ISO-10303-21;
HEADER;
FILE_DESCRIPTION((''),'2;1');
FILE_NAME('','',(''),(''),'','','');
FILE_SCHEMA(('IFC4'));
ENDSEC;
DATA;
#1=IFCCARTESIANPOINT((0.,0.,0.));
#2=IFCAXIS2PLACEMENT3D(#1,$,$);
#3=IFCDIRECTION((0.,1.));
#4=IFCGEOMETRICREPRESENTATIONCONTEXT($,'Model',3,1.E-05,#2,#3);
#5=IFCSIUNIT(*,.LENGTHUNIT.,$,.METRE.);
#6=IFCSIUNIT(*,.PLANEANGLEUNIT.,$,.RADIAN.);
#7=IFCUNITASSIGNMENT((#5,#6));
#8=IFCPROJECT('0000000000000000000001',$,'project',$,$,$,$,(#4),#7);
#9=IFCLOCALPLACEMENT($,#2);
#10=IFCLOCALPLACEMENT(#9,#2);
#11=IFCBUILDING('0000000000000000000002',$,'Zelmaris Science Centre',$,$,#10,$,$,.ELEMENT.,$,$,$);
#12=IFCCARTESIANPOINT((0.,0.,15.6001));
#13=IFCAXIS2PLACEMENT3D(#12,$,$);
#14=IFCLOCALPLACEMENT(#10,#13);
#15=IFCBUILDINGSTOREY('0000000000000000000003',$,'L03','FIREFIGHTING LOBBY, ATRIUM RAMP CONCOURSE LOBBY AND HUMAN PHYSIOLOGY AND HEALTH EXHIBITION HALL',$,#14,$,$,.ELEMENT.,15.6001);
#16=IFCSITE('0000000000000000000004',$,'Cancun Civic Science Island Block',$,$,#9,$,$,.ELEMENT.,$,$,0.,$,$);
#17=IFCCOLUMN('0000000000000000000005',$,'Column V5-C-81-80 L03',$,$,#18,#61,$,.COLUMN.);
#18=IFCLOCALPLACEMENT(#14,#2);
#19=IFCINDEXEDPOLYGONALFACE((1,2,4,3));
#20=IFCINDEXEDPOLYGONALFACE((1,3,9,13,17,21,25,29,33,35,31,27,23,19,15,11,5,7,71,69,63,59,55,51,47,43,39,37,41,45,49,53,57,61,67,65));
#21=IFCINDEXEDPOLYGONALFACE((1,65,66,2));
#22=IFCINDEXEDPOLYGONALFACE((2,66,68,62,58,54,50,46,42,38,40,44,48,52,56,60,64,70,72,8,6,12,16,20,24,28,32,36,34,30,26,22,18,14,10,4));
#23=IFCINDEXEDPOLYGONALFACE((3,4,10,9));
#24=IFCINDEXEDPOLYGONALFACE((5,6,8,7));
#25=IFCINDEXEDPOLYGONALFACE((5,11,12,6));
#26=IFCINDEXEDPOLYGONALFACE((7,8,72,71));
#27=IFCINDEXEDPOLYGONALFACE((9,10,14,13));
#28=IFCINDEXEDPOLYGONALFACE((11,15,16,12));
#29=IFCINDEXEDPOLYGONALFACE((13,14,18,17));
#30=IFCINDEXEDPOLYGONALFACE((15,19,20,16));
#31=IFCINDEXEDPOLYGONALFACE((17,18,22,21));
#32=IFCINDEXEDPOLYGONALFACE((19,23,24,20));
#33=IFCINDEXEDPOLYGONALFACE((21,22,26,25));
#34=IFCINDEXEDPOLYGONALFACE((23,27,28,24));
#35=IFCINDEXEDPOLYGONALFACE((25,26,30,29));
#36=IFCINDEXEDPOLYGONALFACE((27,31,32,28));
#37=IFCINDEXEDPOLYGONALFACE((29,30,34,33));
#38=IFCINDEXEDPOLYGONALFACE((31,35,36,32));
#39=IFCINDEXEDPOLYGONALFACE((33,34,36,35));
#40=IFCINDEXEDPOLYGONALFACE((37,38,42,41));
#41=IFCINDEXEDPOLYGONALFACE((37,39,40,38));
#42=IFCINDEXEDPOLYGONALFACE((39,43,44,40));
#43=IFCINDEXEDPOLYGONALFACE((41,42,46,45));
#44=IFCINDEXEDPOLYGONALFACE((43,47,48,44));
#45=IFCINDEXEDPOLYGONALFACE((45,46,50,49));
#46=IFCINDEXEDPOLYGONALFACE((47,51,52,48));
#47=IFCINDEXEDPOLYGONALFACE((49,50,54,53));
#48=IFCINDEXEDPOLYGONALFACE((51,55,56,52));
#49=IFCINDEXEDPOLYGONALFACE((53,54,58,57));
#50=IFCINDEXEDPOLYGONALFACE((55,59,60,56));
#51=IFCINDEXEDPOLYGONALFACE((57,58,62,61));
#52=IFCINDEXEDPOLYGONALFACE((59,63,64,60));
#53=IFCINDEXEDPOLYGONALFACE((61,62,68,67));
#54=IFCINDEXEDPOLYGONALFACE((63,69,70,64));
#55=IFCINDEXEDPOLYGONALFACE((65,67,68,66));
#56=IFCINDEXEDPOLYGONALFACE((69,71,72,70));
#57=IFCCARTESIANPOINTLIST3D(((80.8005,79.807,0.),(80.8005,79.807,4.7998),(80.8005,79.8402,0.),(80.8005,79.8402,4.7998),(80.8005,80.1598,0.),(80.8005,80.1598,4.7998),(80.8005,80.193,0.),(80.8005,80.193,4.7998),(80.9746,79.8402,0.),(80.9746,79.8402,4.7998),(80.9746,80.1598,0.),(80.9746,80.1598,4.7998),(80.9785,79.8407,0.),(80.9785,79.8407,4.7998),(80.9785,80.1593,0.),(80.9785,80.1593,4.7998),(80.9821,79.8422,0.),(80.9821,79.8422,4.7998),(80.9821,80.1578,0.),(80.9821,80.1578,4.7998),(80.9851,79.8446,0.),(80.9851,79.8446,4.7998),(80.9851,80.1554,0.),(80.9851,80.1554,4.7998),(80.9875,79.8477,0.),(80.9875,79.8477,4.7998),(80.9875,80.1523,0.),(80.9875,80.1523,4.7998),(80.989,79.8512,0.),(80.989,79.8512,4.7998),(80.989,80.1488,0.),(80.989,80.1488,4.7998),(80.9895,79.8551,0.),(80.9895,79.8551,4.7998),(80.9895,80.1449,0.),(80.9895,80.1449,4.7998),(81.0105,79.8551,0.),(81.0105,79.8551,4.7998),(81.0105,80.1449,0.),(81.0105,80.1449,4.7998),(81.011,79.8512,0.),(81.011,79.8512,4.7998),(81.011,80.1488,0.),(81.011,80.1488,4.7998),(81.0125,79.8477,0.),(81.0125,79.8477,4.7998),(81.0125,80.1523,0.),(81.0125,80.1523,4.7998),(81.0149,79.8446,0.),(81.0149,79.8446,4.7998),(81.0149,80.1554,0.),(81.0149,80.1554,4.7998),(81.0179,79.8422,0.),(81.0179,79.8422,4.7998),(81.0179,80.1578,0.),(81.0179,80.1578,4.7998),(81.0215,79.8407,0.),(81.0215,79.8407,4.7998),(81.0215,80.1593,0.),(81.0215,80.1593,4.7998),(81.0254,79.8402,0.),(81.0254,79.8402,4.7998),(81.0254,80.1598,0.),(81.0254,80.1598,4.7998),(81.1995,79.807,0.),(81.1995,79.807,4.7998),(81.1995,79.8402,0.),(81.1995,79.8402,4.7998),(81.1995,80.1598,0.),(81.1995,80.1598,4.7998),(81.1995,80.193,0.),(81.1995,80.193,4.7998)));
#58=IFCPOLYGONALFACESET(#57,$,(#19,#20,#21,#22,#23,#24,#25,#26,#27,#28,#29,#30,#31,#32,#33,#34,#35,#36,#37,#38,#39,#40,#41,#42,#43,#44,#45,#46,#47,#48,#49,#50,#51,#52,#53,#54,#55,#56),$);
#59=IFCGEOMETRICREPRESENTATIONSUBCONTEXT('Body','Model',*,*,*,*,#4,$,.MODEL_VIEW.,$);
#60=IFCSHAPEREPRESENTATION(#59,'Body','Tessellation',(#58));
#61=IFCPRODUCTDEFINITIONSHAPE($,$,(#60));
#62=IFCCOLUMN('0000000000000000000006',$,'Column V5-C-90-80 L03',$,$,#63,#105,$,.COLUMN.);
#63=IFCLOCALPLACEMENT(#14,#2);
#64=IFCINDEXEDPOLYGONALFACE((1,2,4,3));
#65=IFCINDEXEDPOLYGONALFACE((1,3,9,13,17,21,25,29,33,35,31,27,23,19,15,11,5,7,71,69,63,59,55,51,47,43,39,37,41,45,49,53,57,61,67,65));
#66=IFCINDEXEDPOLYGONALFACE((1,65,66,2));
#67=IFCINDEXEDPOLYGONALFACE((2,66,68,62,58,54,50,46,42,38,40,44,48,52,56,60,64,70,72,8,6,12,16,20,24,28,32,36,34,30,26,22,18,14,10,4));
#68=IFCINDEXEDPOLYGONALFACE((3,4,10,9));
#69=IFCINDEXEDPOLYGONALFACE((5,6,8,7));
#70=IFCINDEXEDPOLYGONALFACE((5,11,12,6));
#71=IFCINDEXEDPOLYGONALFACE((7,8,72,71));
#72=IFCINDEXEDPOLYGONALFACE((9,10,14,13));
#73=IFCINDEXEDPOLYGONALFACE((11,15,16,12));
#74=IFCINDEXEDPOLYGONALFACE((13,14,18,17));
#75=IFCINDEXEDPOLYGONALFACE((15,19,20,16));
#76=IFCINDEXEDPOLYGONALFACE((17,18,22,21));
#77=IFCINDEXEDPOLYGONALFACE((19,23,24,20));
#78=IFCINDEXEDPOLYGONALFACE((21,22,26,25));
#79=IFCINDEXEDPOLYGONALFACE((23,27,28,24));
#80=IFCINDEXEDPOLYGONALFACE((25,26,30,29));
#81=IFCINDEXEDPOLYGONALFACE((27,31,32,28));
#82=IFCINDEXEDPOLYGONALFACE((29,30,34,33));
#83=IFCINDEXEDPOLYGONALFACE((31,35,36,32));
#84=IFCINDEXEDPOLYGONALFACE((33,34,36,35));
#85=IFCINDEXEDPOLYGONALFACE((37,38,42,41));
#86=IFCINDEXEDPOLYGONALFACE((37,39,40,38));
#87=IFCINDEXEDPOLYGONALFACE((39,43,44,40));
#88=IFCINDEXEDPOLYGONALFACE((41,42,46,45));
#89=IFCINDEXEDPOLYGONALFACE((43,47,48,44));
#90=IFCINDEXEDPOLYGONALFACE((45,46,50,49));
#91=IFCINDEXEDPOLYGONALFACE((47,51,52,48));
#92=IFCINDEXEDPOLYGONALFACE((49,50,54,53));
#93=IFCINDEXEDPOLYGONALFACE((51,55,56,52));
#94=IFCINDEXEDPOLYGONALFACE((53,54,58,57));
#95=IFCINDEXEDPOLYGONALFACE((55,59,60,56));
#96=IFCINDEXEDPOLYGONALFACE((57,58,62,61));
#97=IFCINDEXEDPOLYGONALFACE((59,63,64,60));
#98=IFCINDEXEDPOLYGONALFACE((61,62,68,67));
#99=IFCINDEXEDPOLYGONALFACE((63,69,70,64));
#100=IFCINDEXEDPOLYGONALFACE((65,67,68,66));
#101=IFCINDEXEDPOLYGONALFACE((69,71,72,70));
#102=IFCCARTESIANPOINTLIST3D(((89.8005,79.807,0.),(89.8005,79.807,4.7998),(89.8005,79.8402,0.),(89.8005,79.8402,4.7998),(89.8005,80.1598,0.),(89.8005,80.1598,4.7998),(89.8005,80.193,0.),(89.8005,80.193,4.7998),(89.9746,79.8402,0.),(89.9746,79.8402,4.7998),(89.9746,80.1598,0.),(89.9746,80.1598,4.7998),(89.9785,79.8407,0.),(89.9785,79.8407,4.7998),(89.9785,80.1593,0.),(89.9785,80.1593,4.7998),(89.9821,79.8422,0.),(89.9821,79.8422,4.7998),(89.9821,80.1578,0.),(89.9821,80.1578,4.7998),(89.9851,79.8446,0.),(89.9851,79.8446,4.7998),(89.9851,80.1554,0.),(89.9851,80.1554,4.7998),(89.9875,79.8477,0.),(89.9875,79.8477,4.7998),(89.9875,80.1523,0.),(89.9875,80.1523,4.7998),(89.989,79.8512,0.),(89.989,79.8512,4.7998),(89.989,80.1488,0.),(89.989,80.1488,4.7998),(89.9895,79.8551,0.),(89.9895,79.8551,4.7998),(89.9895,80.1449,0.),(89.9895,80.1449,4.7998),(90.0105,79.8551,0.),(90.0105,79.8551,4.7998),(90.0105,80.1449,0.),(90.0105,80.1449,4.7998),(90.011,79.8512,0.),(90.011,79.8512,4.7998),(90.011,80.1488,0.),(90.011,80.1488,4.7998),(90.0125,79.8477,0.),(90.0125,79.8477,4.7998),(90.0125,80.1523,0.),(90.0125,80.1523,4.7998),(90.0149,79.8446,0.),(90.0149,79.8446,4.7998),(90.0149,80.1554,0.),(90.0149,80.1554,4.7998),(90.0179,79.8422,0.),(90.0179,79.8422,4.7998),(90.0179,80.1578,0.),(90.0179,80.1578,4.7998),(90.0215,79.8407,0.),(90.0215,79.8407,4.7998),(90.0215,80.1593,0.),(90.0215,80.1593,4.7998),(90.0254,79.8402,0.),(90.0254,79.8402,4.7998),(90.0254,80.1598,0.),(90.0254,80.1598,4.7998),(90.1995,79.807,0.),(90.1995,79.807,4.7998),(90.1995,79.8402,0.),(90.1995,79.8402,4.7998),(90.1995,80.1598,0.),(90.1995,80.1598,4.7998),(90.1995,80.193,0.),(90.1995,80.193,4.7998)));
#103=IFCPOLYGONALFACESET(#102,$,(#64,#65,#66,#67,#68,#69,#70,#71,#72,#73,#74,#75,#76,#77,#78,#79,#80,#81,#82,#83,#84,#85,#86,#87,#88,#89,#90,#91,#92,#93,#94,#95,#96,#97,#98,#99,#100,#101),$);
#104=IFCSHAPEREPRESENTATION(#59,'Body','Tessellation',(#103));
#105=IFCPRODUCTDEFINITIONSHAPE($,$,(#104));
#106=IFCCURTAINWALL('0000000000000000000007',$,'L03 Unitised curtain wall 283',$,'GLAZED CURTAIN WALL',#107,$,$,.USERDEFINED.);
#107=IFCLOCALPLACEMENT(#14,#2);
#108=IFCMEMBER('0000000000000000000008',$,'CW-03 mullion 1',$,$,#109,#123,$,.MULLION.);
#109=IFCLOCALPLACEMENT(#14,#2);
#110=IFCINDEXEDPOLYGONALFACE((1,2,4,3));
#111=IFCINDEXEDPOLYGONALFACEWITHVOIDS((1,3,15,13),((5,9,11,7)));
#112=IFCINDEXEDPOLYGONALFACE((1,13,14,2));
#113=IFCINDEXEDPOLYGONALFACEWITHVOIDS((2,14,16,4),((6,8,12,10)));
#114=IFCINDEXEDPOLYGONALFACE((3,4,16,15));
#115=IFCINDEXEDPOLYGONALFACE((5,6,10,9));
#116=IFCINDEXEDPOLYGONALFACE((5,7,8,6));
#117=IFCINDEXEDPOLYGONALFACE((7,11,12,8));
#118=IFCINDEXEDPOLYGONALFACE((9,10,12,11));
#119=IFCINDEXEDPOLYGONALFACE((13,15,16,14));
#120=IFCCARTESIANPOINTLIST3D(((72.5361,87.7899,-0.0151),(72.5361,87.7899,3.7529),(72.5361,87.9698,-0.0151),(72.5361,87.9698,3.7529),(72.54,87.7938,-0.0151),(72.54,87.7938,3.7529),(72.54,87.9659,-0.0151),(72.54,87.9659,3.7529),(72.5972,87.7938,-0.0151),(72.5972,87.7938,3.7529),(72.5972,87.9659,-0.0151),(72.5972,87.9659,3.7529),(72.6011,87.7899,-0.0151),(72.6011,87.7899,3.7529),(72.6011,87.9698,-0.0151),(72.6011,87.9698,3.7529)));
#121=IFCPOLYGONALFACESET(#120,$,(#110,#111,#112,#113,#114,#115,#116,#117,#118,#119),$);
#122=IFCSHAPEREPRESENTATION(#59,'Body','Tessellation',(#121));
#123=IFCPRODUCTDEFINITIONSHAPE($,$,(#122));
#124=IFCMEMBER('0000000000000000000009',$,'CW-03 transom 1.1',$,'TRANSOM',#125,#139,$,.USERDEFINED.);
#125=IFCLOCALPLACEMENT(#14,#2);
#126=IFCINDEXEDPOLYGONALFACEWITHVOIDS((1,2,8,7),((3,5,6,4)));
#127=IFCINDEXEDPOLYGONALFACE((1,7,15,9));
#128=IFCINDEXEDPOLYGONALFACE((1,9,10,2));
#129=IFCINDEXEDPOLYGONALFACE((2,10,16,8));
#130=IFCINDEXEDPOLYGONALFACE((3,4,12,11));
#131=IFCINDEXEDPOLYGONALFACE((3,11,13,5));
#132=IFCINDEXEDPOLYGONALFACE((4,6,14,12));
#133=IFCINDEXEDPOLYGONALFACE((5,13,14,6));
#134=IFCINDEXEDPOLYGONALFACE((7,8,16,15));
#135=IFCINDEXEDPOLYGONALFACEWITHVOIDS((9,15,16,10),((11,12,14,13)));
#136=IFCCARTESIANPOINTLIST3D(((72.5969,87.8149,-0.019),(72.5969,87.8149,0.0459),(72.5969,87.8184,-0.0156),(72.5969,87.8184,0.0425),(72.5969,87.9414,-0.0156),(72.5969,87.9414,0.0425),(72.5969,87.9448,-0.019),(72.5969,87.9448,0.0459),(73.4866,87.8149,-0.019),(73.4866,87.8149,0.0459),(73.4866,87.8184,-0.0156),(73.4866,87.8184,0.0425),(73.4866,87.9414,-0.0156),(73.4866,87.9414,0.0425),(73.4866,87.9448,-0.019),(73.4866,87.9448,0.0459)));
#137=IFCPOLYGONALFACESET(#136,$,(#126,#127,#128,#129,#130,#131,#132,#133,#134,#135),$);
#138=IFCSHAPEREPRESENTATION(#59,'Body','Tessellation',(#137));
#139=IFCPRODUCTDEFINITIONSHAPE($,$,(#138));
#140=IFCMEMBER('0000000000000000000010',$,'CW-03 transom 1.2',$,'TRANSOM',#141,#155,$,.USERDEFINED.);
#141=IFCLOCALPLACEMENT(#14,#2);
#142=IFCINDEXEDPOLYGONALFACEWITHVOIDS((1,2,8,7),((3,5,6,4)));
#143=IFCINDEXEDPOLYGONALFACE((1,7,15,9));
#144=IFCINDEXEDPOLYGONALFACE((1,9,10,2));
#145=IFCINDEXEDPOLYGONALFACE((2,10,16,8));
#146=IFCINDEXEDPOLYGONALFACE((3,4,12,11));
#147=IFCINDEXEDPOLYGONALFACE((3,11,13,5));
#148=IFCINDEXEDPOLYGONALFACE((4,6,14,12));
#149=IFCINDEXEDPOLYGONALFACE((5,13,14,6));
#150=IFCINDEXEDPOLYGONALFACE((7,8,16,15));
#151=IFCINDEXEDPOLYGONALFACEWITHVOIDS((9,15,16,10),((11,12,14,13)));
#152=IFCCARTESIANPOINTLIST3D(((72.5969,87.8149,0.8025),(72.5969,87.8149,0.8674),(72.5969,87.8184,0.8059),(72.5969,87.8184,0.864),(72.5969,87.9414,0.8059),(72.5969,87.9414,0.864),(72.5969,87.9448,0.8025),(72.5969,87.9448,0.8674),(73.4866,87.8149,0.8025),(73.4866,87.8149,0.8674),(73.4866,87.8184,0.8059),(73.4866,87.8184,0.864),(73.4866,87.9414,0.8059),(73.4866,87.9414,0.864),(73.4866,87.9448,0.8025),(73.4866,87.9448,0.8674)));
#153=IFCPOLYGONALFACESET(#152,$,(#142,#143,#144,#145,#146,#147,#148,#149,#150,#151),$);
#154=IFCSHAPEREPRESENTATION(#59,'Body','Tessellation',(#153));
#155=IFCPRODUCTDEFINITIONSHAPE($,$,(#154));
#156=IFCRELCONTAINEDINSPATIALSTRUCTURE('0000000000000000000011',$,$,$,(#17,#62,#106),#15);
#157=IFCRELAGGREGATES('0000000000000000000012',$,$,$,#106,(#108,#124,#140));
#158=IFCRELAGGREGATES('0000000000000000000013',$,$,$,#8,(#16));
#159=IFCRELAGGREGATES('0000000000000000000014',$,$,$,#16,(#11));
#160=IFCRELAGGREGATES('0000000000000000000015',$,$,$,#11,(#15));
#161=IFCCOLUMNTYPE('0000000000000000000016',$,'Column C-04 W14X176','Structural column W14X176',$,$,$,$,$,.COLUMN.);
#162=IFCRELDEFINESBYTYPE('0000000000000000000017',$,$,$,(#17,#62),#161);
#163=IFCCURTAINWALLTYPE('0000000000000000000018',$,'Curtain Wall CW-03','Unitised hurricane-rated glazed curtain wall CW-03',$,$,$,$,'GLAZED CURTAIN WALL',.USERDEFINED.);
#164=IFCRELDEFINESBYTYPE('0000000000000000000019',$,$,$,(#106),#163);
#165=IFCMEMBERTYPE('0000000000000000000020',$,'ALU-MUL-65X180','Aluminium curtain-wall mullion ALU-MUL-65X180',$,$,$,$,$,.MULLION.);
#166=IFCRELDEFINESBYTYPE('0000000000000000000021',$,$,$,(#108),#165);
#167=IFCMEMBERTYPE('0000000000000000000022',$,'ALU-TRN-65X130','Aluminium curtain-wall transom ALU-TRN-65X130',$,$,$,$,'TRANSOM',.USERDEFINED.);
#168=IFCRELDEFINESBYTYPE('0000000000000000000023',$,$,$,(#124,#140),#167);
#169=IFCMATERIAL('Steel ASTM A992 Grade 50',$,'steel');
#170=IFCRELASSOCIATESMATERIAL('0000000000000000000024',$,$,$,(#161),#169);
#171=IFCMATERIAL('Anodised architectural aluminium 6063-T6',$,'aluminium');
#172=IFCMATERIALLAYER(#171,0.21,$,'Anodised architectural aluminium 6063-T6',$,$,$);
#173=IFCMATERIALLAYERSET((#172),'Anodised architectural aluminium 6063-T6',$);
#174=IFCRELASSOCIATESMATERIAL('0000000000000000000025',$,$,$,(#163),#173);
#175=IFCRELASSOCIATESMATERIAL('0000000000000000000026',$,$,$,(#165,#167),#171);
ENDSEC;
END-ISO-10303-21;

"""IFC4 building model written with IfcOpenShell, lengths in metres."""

from ifc_helpers import new_model, si_unit, direction, frame, origin, origin_2d, place, context, subcontext, project, spatial, hollow_rectangle, i_section, extrude, material, layer, layer_set, material_profile, profile_set, type_object, element, aggregate, save


model = new_model("IFC4")

# Units and contexts
model_context = context("Model", 3, precision=1e-05, world=origin(), true_north=direction((0.0, 1.0)))
body_context = subcontext(model_context, "Body", "Model", "MODEL_VIEW")
ifc_project = project(units=[si_unit("LENGTHUNIT", "METRE"), si_unit("PLANEANGLEUNIT", "RADIAN")], contexts=[model_context])

# Site, building, storey
site_placement = place(None, origin())
site = spatial("IfcSite", under=ifc_project, at=site_placement, Name="Cancun Civic Science Island Block", CompositionType="ELEMENT", RefElevation=0.0)
building_placement = place(site_placement, origin())
building = spatial("IfcBuilding", under=site, at=building_placement, Name="Zelmaris Science Centre", CompositionType="ELEMENT")
storey_placement = place(building_placement, frame((0.0, 0.0, 15.6001)))
storey = spatial("IfcBuildingStorey", under=building, at=storey_placement, Name="L03", Description="FIREFIGHTING LOBBY, ATRIUM RAMP CONCOURSE LOBBY AND HUMAN PHYSIOLOGY AND HEALTH EXHIBITION HALL", CompositionType="ELEMENT", Elevation=15.6001)

# Columns
ifc_material_1 = material(Name="Steel ASTM A992 Grade 50", Category="steel")
ifc_material_profile_1 = material_profile(ifc_material_1, i_section(OverallWidth=0.3989, OverallDepth=0.386, WebThickness=0.021, FlangeThickness=0.0332, FilletRadius=0.0149, at=origin_2d()), Name="W14X176")
ifc_profile_set_1 = profile_set([ifc_material_profile_1], Name="Steel ASTM A992 Grade 50")
column_type = type_object("IfcColumnType", Name="Column C-04 W14X176", Description="Structural column W14X176", PredefinedType="COLUMN", material=ifc_profile_set_1)
for number, where, z_axis, x_axis, name in (
    (1, (81.0, 80.0, 0.0), (0.0, 0.0, 1.0), (1.0, 0.0, 0.0), "Column V5-C-81-80 L03"),
    (2, (90.0, 80.0, 0.0), (0.0, 0.0, 1.0), (1.0, 0.0, 0.0), "Column V5-C-90-80 L03"),
):
    element("IfcColumn", number, at=place(storey_placement, frame(where, z_axis=z_axis, x_axis=x_axis)), inside=storey, type_object=column_type, Name=name, PredefinedType="COLUMN", context=body_context, shape_type="SweptSolid", body=[
        extrude(i_section(OverallWidth=0.3989, OverallDepth=0.386, WebThickness=0.021, FlangeThickness=0.0332, FilletRadius=0.0149, at=origin_2d()), origin(), (0.0, 0.0, 1.0), 4.7998),
    ])

# Curtain wall, members
ifc_material_2 = material(Name="Anodised architectural aluminium 6063-T6", Category="aluminium")
ifc_layer_1 = layer(ifc_material_2, 0.21, Name="Anodised architectural aluminium 6063-T6")
ifc_layer_set_1 = layer_set([ifc_layer_1], Name="Anodised architectural aluminium 6063-T6")
curtain_wall_type = type_object("IfcCurtainWallType", Name="Curtain Wall CW-03", Description="Unitised hurricane-rated glazed curtain wall CW-03", ElementType="GLAZED CURTAIN WALL", PredefinedType="USERDEFINED", material=ifc_layer_set_1)
curtain_wall_placement = place(storey_placement, origin())
curtain_wall = element("IfcCurtainWall", 3, at=curtain_wall_placement, inside=storey, type_object=curtain_wall_type, Name="L03 Unitised curtain wall 283", ObjectType="GLAZED CURTAIN WALL", PredefinedType="USERDEFINED")
ifc_material_profile_2 = material_profile(ifc_material_2, hollow_rectangle(XDim=0.0649, YDim=0.1799, WallThickness=0.0039, at=origin_2d()), Name="ALU-MUL-65X180")
ifc_profile_set_2 = profile_set([ifc_material_profile_2], Name="Anodised architectural aluminium 6063-T6")
member_type_1 = type_object("IfcMemberType", Name="ALU-MUL-65X180", Description="Aluminium curtain-wall mullion ALU-MUL-65X180", PredefinedType="MULLION", material=ifc_profile_set_2)
member_1_placement = place(storey_placement, frame((72.5686, 87.8799, -0.0151), z_axis=(0.0, 0.0, 1.0), x_axis=(1.0, 0.0, 0.0)))
member_1 = element("IfcMember", 4, at=member_1_placement, type_object=member_type_1, Name="CW-03 mullion 1", PredefinedType="MULLION", context=body_context, shape_type="SweptSolid", body=[
    extrude(hollow_rectangle(XDim=0.0649, YDim=0.1799, WallThickness=0.0039, at=origin_2d()), origin(), (0.0, 0.0, 1.0), 3.7681),
])
ifc_material_profile_3 = material_profile(ifc_material_2, hollow_rectangle(XDim=0.0649, YDim=0.1299, WallThickness=0.0034, at=origin_2d()), Name="ALU-TRN-65X130")
ifc_profile_set_3 = profile_set([ifc_material_profile_3], Name="Anodised architectural aluminium 6063-T6")
member_type_2 = type_object("IfcMemberType", Name="ALU-TRN-65X130", Description="Aluminium curtain-wall transom ALU-TRN-65X130", ElementType="TRANSOM", PredefinedType="USERDEFINED", material=ifc_profile_set_3)
member_2_placement = place(storey_placement, frame((72.5969, 87.8799, 0.0134), z_axis=(1.0, 0.0, 0.0), x_axis=(0.0, 0.0, 1.0)))
member_2 = element("IfcMember", 5, at=member_2_placement, type_object=member_type_2, Name="CW-03 transom 1.1", ObjectType="TRANSOM", PredefinedType="USERDEFINED", context=body_context, shape_type="SweptSolid", body=[
    extrude(hollow_rectangle(XDim=0.0649, YDim=0.1299, WallThickness=0.0034, at=origin_2d()), origin(), (0.0, 0.0, 1.0), 0.8896),
])
member_3_placement = place(storey_placement, frame((72.5969, 87.8799, 0.835), z_axis=(1.0, 0.0, 0.0), x_axis=(0.0, 0.0, 1.0)))
member_3 = element("IfcMember", 6, at=member_3_placement, type_object=member_type_2, Name="CW-03 transom 1.2", ObjectType="TRANSOM", PredefinedType="USERDEFINED", context=body_context, shape_type="SweptSolid", body=[
    extrude(hollow_rectangle(XDim=0.0649, YDim=0.1299, WallThickness=0.0034, at=origin_2d()), origin(), (0.0, 0.0, 1.0), 0.8896),
])
aggregate(curtain_wall, [member_1, member_2, member_3])

save(model, "model.ifc")
